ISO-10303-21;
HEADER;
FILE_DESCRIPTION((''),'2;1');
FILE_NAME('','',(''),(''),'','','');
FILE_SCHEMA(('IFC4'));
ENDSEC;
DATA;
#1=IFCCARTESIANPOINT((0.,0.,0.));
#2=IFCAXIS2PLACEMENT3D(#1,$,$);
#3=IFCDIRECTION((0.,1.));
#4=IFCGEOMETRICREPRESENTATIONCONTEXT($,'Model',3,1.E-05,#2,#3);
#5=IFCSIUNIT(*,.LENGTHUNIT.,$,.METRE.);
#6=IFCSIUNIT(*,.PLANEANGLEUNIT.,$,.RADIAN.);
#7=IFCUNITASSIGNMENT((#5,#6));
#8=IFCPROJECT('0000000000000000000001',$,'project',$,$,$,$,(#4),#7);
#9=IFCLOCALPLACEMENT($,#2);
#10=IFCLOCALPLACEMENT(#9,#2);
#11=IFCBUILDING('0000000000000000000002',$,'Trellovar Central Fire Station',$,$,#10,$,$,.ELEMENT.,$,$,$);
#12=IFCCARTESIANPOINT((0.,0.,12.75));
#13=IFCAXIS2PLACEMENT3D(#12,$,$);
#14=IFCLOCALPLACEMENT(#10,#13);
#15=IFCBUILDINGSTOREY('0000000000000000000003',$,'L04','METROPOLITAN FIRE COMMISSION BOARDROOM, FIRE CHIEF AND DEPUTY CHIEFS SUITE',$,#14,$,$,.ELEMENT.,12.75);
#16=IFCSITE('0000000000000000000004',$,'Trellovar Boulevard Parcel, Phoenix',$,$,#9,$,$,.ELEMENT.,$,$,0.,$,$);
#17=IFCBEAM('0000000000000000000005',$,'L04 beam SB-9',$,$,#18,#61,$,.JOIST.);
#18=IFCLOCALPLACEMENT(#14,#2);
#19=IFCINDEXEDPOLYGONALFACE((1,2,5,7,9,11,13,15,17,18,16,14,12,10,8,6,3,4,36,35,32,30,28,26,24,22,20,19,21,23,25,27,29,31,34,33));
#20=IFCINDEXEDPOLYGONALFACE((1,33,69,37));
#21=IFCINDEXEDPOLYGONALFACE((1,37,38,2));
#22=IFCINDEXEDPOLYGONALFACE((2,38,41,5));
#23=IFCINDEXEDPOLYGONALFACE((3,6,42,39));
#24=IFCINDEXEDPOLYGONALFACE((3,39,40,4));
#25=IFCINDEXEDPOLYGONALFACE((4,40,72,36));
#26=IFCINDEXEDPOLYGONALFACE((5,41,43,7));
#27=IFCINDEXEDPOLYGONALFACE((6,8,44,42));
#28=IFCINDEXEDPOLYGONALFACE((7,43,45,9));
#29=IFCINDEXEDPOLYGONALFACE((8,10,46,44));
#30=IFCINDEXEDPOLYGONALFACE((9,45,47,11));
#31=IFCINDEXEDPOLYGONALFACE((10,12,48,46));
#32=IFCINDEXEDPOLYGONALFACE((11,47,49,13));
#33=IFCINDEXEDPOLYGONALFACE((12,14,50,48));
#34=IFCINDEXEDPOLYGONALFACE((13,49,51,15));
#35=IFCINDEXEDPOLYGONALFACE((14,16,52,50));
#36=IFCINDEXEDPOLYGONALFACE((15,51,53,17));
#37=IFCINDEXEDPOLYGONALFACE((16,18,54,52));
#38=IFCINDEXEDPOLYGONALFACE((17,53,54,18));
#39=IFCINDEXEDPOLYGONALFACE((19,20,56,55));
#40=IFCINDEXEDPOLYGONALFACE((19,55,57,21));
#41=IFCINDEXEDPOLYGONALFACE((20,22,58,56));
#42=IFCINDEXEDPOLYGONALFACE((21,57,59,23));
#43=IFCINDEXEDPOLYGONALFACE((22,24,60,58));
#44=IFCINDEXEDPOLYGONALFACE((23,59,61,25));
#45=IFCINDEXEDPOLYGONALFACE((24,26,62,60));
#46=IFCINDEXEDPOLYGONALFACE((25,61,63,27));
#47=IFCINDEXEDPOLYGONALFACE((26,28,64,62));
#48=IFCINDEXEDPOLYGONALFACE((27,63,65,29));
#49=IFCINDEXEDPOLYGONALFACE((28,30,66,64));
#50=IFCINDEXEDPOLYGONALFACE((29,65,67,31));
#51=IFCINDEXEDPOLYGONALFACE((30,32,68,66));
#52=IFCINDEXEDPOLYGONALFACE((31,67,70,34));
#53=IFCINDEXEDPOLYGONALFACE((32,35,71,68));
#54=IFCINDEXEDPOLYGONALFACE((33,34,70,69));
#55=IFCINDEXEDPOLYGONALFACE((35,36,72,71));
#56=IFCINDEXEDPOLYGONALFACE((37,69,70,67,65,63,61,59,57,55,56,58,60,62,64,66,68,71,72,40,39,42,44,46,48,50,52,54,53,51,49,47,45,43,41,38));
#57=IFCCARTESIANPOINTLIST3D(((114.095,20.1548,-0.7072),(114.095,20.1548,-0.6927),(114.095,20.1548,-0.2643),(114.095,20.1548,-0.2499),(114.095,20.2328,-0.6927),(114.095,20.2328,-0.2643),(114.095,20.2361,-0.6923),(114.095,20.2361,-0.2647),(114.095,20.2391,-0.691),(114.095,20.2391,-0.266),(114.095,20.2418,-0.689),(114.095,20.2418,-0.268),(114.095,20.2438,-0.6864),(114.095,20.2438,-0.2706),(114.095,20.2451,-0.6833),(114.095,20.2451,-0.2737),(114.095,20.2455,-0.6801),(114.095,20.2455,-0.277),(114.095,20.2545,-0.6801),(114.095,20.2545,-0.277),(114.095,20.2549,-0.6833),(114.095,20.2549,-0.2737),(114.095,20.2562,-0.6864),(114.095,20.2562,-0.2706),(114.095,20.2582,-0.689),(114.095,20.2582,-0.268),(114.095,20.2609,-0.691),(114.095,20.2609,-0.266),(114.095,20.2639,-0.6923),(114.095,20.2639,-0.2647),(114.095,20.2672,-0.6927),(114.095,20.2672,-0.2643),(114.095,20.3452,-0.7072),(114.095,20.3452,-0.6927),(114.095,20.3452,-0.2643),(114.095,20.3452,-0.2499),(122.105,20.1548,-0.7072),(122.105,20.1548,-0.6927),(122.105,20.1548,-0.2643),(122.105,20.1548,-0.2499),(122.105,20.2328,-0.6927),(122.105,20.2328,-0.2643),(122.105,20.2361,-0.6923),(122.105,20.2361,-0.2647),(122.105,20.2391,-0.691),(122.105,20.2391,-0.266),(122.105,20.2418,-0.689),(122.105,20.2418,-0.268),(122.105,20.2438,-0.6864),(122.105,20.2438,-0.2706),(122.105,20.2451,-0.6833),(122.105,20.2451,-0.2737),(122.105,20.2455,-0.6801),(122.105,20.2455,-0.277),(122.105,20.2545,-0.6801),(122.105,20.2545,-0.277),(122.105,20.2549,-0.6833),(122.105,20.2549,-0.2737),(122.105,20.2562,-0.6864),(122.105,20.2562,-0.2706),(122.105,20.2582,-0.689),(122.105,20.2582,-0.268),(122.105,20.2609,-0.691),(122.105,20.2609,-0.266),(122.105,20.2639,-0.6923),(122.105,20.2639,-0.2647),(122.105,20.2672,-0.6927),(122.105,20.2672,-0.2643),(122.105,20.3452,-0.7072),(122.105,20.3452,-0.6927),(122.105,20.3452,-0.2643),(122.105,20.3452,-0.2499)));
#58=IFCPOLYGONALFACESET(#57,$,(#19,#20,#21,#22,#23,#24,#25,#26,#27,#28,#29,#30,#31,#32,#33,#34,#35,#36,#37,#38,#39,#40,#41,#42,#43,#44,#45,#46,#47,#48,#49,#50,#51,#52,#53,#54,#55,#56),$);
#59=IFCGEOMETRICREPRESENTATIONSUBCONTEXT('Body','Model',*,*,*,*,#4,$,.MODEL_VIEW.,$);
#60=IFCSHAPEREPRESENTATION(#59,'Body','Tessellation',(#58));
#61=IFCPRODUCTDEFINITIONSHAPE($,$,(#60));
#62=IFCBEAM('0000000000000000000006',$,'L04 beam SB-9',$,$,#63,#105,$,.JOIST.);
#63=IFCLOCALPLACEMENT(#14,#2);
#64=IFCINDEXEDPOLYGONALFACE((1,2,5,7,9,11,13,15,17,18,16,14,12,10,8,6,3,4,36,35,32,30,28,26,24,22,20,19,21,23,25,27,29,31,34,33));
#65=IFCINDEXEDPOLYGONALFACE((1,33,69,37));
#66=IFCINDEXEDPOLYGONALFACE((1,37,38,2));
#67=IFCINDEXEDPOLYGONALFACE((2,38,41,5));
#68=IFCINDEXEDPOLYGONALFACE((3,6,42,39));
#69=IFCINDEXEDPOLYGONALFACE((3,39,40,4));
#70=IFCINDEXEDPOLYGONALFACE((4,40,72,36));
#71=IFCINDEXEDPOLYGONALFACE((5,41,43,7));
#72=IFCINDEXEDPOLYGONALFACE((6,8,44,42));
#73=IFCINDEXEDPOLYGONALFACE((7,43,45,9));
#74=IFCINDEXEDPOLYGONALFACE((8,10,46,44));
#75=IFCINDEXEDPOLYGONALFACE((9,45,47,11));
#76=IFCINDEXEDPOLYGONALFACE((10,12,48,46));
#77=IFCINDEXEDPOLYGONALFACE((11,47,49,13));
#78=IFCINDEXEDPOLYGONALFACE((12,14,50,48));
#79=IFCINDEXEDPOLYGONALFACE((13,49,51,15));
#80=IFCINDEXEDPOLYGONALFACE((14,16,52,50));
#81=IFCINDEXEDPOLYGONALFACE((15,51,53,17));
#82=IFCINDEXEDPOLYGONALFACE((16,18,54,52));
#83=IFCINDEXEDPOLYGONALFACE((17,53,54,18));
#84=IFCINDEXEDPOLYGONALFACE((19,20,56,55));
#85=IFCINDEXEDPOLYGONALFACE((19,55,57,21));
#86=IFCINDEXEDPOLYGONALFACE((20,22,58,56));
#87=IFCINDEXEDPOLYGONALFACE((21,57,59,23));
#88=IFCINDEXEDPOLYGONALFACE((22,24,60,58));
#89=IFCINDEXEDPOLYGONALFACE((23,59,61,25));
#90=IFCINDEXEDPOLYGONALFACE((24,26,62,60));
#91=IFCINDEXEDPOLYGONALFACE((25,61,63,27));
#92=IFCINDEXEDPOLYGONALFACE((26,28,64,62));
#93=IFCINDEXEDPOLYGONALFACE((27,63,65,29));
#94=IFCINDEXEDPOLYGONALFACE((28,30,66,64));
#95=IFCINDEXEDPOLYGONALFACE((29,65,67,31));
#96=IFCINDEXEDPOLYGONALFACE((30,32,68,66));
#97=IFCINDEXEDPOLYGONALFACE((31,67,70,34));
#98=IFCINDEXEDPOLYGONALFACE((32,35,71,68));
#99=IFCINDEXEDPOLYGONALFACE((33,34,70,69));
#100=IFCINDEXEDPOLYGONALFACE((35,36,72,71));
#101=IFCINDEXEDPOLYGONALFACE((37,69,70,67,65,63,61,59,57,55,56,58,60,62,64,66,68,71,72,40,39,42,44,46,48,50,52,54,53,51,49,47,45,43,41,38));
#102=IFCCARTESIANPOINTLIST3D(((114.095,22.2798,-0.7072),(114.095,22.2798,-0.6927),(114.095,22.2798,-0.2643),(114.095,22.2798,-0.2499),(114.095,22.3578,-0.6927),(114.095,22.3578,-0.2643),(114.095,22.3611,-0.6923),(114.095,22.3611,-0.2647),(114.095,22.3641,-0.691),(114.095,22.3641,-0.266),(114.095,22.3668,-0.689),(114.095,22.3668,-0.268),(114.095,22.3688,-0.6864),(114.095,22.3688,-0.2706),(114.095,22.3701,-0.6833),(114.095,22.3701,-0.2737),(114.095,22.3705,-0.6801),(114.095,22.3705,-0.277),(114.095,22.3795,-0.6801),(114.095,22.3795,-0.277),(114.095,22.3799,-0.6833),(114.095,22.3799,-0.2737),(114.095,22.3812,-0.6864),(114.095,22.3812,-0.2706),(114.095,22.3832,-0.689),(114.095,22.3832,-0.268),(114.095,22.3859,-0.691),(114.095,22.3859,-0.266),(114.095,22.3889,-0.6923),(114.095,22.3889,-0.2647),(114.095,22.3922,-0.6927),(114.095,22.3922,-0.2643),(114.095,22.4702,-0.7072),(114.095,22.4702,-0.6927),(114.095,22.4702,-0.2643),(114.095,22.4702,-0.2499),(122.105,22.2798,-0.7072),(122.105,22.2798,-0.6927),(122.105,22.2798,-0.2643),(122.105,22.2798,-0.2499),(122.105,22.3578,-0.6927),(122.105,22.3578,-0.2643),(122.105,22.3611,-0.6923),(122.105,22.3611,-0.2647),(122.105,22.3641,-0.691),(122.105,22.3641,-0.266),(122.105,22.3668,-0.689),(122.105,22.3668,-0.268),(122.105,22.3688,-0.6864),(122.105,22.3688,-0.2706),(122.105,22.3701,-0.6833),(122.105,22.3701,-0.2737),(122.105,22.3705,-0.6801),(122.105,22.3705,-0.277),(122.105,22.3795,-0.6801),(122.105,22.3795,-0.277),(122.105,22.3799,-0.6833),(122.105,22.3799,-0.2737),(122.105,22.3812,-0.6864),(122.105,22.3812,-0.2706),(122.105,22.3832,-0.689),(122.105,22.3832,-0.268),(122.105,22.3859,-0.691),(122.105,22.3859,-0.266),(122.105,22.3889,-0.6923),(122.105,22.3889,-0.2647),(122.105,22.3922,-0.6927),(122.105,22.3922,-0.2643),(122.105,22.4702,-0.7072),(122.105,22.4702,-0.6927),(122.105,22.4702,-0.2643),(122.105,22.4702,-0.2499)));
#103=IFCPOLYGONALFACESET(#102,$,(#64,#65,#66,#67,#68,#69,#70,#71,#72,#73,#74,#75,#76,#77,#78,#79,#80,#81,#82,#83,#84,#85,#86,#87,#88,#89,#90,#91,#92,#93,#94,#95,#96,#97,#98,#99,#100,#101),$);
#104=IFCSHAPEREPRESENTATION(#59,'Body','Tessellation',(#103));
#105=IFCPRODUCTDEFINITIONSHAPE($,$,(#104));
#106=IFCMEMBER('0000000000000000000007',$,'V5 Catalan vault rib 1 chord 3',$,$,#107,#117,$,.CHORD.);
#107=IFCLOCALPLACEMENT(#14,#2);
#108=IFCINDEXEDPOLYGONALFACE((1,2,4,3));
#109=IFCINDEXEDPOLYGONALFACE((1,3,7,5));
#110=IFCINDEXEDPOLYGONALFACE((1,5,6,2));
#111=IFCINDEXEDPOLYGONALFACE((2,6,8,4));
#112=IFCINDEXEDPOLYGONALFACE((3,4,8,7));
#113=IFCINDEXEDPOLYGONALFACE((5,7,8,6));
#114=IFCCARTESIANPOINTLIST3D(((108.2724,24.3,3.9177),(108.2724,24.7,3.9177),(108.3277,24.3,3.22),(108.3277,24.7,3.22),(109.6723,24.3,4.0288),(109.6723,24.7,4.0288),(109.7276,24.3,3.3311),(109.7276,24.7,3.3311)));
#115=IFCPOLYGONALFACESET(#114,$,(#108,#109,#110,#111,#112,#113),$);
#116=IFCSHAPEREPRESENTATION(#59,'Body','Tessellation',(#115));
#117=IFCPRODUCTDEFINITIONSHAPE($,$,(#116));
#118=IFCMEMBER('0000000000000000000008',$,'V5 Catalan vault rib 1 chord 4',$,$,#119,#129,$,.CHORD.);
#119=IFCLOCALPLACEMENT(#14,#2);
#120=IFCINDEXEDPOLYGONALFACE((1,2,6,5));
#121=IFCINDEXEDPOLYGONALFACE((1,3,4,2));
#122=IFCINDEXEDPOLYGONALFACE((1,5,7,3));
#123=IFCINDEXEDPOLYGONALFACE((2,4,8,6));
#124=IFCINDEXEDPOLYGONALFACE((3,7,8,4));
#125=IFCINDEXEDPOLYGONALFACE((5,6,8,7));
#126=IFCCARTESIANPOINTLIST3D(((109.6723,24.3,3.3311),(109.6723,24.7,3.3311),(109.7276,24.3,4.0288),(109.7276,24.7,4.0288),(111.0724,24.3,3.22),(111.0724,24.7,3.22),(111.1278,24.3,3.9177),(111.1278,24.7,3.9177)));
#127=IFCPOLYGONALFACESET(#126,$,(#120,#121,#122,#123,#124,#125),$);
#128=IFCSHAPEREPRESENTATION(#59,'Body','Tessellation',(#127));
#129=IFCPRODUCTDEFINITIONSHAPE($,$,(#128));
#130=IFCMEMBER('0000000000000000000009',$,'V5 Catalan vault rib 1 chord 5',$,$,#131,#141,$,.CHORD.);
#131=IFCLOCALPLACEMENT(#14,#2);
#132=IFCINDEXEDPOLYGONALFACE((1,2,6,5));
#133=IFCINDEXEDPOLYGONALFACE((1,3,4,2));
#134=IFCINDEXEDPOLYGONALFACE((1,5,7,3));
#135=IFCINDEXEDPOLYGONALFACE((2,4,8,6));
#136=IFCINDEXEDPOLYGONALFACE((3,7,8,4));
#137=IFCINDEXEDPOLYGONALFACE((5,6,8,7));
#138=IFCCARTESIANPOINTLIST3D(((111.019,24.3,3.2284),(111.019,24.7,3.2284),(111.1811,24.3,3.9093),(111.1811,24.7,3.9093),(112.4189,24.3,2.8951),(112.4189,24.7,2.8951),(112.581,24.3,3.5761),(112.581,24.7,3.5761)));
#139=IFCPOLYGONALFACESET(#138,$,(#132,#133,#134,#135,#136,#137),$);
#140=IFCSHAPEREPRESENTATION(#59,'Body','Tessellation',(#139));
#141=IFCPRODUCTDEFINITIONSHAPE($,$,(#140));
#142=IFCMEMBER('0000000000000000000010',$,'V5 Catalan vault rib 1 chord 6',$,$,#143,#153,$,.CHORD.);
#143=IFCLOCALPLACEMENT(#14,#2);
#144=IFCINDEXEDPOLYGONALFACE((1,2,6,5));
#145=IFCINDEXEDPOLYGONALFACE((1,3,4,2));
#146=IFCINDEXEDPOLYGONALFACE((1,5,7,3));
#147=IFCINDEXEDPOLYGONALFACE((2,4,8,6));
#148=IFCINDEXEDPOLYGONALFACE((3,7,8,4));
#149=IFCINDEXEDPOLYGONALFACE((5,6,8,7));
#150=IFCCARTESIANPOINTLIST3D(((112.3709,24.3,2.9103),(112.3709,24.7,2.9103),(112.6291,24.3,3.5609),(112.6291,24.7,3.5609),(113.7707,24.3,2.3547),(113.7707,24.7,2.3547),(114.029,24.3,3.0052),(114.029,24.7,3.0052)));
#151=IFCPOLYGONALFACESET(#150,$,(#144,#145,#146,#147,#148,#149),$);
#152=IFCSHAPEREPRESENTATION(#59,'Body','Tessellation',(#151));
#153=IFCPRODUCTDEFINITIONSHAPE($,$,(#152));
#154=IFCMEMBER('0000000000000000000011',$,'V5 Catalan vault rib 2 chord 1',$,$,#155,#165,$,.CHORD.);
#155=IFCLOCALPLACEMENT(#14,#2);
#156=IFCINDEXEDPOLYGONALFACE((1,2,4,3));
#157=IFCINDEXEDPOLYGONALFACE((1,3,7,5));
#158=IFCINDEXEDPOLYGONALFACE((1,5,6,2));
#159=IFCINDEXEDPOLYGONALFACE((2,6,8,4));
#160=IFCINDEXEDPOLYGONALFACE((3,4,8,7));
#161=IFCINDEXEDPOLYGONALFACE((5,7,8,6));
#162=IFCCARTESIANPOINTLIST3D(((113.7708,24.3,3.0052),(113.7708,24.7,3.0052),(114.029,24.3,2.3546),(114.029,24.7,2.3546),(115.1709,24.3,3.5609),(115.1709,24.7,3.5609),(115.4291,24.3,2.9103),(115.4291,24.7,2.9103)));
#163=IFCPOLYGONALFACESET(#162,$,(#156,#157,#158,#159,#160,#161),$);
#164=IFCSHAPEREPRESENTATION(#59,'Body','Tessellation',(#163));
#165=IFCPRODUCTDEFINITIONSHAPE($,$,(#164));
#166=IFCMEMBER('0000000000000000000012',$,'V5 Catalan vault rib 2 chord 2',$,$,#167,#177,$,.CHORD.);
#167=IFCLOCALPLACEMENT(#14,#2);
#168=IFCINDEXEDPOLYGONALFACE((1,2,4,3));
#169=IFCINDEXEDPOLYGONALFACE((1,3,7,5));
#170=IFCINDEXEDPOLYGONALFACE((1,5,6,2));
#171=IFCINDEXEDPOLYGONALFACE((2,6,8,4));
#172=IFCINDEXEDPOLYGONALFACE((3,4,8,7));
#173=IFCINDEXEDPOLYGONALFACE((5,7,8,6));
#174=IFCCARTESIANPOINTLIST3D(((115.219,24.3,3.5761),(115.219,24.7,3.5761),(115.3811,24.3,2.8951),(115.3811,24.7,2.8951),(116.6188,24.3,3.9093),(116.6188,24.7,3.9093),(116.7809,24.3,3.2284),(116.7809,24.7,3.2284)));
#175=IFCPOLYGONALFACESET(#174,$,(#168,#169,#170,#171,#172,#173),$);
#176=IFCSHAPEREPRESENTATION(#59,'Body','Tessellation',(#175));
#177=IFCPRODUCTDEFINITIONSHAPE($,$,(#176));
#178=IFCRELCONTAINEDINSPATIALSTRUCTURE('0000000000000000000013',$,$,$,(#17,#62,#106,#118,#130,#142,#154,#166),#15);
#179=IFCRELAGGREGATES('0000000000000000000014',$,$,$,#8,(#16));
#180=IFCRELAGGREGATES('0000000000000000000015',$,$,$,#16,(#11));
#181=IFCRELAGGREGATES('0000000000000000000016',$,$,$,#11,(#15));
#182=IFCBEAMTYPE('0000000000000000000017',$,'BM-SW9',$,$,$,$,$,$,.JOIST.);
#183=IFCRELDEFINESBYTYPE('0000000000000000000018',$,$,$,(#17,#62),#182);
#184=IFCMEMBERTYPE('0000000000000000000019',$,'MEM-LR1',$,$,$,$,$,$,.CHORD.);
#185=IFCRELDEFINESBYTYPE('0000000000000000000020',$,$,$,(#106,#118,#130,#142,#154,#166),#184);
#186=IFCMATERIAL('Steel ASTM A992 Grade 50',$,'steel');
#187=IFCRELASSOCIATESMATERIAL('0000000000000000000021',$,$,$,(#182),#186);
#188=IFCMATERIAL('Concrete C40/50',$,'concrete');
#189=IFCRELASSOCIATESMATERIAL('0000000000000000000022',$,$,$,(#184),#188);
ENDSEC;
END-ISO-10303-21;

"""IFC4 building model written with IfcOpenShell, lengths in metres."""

from ifc_helpers import new_model, si_unit, direction, frame, origin, origin_2d, place, context, subcontext, project, spatial, rectangle, i_section, extrude, material, material_profile, profile_set, type_object, element, save


model = new_model("IFC4")

# Units and contexts
model_context = context("Model", 3, precision=1e-05, world=origin(), true_north=direction((0.0, 1.0)))
body_context = subcontext(model_context, "Body", "Model", "MODEL_VIEW")
ifc_project = project(units=[si_unit("LENGTHUNIT", "METRE"), si_unit("PLANEANGLEUNIT", "RADIAN")], contexts=[model_context])

# Site, building, storey
site_placement = place(None, origin())
site = spatial("IfcSite", under=ifc_project, at=site_placement, Name="Trellovar Boulevard Parcel, Phoenix", CompositionType="ELEMENT", RefElevation=0.0)
building_placement = place(site_placement, origin())
building = spatial("IfcBuilding", under=site, at=building_placement, Name="Trellovar Central Fire Station", CompositionType="ELEMENT")
storey_placement = place(building_placement, frame((0.0, 0.0, 12.75)))
storey = spatial("IfcBuildingStorey", under=building, at=storey_placement, Name="L04", Description="METROPOLITAN FIRE COMMISSION BOARDROOM, FIRE CHIEF AND DEPUTY CHIEFS SUITE", CompositionType="ELEMENT", Elevation=12.75)

# Beams
ifc_material_1 = material(Name="Steel ASTM A992 Grade 50", Category="steel")
ifc_material_profile_1 = material_profile(ifc_material_1, i_section(OverallWidth=0.1904, OverallDepth=0.4573, WebThickness=0.009, FlangeThickness=0.0144, FilletRadius=0.0127, at=origin_2d()), Name="W18X50")
ifc_profile_set_1 = profile_set([ifc_material_profile_1], Name="Steel ASTM A992 Grade 50")
beam_type_1 = type_object("IfcBeamType", Name="BM-SW9", PredefinedType="JOIST", material=ifc_profile_set_1)
for number, where, z_axis, x_axis, name in (
    (1, (114.095, 20.25, -0.4785), (1.0, 0.0, 0.0), (0.0, 1.0, 0.0), "L04 beam SB-9"),
    (2, (114.095, 22.375, -0.4785), (1.0, 0.0, 0.0), (0.0, 1.0, 0.0), "L04 beam SB-9"),
):
    element("IfcBeam", number, at=place(storey_placement, frame(where, z_axis=z_axis, x_axis=x_axis)), inside=storey, type_object=beam_type_1, Name=name, PredefinedType="JOIST", context=body_context, shape_type="SweptSolid", body=[
        extrude(i_section(OverallWidth=0.1904, OverallDepth=0.4573, WebThickness=0.009, FlangeThickness=0.0144, FilletRadius=0.0127, at=origin_2d()), origin(), (0.0, 0.0, 1.0), 8.01),
    ])

# Members
ifc_material_2 = material(Name="Concrete C40/50", Category="concrete")
ifc_material_profile_2 = material_profile(ifc_material_2, rectangle(XDim=0.3999, YDim=0.7, at=origin_2d()), Name="RC400X700")
ifc_profile_set_2 = profile_set([ifc_material_profile_2], Name="Concrete C40/50")
member_type_1 = type_object("IfcMemberType", Name="MEM-LR1", PredefinedType="CHORD", material=ifc_profile_set_2)
member_1_placement = place(storey_placement, frame((108.3, 24.5, 3.5688), z_axis=(0.996866, 0.0, 0.079103), x_axis=(0.0, 1.0, 0.0)))
element("IfcMember", 3, at=member_1_placement, inside=storey, type_object=member_type_1, Name="V5 Catalan vault rib 1 chord 3", PredefinedType="CHORD", context=body_context, shape_type="SweptSolid", body=[
    extrude(rectangle(XDim=0.3999, YDim=0.7, at=origin_2d()), origin(), (0.0, 0.0, 1.0), 1.4043),
])
member_2_placement = place(storey_placement, frame((109.7, 24.5, 3.6799), z_axis=(0.996868, 0.0, -0.079089), x_axis=(0.0, 1.0, 0.0)))
element("IfcMember", 4, at=member_2_placement, inside=storey, type_object=member_type_1, Name="V5 Catalan vault rib 1 chord 4", PredefinedType="CHORD", context=body_context, shape_type="SweptSolid", body=[
    extrude(rectangle(XDim=0.3999, YDim=0.7, at=origin_2d()), origin(), (0.0, 0.0, 1.0), 1.4045),
])
member_3_placement = place(storey_placement, frame((111.1001, 24.5, 3.5688), z_axis=(0.972815, 0.0, -0.231582), x_axis=(0.0, 1.0, 0.0)))
element("IfcMember", 5, at=member_3_placement, inside=storey, type_object=member_type_1, Name="V5 Catalan vault rib 1 chord 5", PredefinedType="CHORD", context=body_context, shape_type="SweptSolid", body=[
    extrude(rectangle(XDim=0.3999, YDim=0.7, at=origin_2d()), origin(), (0.0, 0.0, 1.0), 1.439),
])
member_4_placement = place(storey_placement, frame((112.5, 24.5, 3.2356), z_axis=(0.929457, 0.0, -0.36893), x_axis=(0.0, 1.0, 0.0)))
element("IfcMember", 6, at=member_4_placement, inside=storey, type_object=member_type_1, Name="V5 Catalan vault rib 1 chord 6", PredefinedType="CHORD", context=body_context, shape_type="SweptSolid", body=[
    extrude(rectangle(XDim=0.3999, YDim=0.7, at=origin_2d()), origin(), (0.0, 0.0, 1.0), 1.5061),
])
member_5_placement = place(storey_placement, frame((113.8999, 24.5, 2.6799), z_axis=(0.929479, 0.0, 0.368874), x_axis=(0.0, 1.0, 0.0)))
element("IfcMember", 7, at=member_5_placement, inside=storey, type_object=member_type_1, Name="V5 Catalan vault rib 2 chord 1", PredefinedType="CHORD", context=body_context, shape_type="SweptSolid", body=[
    extrude(rectangle(XDim=0.3999, YDim=0.7, at=origin_2d()), origin(), (0.0, 0.0, 1.0), 1.5063),
])
member_6_placement = place(storey_placement, frame((115.3, 24.5, 3.2356), z_axis=(0.972815, 0.0, 0.231582), x_axis=(0.0, 1.0, 0.0)))
element("IfcMember", 8, at=member_6_placement, inside=storey, type_object=member_type_1, Name="V5 Catalan vault rib 2 chord 2", PredefinedType="CHORD", context=body_context, shape_type="SweptSolid", body=[
    extrude(rectangle(XDim=0.3999, YDim=0.7, at=origin_2d()), origin(), (0.0, 0.0, 1.0), 1.439),
])

save(model, "model.ifc")
